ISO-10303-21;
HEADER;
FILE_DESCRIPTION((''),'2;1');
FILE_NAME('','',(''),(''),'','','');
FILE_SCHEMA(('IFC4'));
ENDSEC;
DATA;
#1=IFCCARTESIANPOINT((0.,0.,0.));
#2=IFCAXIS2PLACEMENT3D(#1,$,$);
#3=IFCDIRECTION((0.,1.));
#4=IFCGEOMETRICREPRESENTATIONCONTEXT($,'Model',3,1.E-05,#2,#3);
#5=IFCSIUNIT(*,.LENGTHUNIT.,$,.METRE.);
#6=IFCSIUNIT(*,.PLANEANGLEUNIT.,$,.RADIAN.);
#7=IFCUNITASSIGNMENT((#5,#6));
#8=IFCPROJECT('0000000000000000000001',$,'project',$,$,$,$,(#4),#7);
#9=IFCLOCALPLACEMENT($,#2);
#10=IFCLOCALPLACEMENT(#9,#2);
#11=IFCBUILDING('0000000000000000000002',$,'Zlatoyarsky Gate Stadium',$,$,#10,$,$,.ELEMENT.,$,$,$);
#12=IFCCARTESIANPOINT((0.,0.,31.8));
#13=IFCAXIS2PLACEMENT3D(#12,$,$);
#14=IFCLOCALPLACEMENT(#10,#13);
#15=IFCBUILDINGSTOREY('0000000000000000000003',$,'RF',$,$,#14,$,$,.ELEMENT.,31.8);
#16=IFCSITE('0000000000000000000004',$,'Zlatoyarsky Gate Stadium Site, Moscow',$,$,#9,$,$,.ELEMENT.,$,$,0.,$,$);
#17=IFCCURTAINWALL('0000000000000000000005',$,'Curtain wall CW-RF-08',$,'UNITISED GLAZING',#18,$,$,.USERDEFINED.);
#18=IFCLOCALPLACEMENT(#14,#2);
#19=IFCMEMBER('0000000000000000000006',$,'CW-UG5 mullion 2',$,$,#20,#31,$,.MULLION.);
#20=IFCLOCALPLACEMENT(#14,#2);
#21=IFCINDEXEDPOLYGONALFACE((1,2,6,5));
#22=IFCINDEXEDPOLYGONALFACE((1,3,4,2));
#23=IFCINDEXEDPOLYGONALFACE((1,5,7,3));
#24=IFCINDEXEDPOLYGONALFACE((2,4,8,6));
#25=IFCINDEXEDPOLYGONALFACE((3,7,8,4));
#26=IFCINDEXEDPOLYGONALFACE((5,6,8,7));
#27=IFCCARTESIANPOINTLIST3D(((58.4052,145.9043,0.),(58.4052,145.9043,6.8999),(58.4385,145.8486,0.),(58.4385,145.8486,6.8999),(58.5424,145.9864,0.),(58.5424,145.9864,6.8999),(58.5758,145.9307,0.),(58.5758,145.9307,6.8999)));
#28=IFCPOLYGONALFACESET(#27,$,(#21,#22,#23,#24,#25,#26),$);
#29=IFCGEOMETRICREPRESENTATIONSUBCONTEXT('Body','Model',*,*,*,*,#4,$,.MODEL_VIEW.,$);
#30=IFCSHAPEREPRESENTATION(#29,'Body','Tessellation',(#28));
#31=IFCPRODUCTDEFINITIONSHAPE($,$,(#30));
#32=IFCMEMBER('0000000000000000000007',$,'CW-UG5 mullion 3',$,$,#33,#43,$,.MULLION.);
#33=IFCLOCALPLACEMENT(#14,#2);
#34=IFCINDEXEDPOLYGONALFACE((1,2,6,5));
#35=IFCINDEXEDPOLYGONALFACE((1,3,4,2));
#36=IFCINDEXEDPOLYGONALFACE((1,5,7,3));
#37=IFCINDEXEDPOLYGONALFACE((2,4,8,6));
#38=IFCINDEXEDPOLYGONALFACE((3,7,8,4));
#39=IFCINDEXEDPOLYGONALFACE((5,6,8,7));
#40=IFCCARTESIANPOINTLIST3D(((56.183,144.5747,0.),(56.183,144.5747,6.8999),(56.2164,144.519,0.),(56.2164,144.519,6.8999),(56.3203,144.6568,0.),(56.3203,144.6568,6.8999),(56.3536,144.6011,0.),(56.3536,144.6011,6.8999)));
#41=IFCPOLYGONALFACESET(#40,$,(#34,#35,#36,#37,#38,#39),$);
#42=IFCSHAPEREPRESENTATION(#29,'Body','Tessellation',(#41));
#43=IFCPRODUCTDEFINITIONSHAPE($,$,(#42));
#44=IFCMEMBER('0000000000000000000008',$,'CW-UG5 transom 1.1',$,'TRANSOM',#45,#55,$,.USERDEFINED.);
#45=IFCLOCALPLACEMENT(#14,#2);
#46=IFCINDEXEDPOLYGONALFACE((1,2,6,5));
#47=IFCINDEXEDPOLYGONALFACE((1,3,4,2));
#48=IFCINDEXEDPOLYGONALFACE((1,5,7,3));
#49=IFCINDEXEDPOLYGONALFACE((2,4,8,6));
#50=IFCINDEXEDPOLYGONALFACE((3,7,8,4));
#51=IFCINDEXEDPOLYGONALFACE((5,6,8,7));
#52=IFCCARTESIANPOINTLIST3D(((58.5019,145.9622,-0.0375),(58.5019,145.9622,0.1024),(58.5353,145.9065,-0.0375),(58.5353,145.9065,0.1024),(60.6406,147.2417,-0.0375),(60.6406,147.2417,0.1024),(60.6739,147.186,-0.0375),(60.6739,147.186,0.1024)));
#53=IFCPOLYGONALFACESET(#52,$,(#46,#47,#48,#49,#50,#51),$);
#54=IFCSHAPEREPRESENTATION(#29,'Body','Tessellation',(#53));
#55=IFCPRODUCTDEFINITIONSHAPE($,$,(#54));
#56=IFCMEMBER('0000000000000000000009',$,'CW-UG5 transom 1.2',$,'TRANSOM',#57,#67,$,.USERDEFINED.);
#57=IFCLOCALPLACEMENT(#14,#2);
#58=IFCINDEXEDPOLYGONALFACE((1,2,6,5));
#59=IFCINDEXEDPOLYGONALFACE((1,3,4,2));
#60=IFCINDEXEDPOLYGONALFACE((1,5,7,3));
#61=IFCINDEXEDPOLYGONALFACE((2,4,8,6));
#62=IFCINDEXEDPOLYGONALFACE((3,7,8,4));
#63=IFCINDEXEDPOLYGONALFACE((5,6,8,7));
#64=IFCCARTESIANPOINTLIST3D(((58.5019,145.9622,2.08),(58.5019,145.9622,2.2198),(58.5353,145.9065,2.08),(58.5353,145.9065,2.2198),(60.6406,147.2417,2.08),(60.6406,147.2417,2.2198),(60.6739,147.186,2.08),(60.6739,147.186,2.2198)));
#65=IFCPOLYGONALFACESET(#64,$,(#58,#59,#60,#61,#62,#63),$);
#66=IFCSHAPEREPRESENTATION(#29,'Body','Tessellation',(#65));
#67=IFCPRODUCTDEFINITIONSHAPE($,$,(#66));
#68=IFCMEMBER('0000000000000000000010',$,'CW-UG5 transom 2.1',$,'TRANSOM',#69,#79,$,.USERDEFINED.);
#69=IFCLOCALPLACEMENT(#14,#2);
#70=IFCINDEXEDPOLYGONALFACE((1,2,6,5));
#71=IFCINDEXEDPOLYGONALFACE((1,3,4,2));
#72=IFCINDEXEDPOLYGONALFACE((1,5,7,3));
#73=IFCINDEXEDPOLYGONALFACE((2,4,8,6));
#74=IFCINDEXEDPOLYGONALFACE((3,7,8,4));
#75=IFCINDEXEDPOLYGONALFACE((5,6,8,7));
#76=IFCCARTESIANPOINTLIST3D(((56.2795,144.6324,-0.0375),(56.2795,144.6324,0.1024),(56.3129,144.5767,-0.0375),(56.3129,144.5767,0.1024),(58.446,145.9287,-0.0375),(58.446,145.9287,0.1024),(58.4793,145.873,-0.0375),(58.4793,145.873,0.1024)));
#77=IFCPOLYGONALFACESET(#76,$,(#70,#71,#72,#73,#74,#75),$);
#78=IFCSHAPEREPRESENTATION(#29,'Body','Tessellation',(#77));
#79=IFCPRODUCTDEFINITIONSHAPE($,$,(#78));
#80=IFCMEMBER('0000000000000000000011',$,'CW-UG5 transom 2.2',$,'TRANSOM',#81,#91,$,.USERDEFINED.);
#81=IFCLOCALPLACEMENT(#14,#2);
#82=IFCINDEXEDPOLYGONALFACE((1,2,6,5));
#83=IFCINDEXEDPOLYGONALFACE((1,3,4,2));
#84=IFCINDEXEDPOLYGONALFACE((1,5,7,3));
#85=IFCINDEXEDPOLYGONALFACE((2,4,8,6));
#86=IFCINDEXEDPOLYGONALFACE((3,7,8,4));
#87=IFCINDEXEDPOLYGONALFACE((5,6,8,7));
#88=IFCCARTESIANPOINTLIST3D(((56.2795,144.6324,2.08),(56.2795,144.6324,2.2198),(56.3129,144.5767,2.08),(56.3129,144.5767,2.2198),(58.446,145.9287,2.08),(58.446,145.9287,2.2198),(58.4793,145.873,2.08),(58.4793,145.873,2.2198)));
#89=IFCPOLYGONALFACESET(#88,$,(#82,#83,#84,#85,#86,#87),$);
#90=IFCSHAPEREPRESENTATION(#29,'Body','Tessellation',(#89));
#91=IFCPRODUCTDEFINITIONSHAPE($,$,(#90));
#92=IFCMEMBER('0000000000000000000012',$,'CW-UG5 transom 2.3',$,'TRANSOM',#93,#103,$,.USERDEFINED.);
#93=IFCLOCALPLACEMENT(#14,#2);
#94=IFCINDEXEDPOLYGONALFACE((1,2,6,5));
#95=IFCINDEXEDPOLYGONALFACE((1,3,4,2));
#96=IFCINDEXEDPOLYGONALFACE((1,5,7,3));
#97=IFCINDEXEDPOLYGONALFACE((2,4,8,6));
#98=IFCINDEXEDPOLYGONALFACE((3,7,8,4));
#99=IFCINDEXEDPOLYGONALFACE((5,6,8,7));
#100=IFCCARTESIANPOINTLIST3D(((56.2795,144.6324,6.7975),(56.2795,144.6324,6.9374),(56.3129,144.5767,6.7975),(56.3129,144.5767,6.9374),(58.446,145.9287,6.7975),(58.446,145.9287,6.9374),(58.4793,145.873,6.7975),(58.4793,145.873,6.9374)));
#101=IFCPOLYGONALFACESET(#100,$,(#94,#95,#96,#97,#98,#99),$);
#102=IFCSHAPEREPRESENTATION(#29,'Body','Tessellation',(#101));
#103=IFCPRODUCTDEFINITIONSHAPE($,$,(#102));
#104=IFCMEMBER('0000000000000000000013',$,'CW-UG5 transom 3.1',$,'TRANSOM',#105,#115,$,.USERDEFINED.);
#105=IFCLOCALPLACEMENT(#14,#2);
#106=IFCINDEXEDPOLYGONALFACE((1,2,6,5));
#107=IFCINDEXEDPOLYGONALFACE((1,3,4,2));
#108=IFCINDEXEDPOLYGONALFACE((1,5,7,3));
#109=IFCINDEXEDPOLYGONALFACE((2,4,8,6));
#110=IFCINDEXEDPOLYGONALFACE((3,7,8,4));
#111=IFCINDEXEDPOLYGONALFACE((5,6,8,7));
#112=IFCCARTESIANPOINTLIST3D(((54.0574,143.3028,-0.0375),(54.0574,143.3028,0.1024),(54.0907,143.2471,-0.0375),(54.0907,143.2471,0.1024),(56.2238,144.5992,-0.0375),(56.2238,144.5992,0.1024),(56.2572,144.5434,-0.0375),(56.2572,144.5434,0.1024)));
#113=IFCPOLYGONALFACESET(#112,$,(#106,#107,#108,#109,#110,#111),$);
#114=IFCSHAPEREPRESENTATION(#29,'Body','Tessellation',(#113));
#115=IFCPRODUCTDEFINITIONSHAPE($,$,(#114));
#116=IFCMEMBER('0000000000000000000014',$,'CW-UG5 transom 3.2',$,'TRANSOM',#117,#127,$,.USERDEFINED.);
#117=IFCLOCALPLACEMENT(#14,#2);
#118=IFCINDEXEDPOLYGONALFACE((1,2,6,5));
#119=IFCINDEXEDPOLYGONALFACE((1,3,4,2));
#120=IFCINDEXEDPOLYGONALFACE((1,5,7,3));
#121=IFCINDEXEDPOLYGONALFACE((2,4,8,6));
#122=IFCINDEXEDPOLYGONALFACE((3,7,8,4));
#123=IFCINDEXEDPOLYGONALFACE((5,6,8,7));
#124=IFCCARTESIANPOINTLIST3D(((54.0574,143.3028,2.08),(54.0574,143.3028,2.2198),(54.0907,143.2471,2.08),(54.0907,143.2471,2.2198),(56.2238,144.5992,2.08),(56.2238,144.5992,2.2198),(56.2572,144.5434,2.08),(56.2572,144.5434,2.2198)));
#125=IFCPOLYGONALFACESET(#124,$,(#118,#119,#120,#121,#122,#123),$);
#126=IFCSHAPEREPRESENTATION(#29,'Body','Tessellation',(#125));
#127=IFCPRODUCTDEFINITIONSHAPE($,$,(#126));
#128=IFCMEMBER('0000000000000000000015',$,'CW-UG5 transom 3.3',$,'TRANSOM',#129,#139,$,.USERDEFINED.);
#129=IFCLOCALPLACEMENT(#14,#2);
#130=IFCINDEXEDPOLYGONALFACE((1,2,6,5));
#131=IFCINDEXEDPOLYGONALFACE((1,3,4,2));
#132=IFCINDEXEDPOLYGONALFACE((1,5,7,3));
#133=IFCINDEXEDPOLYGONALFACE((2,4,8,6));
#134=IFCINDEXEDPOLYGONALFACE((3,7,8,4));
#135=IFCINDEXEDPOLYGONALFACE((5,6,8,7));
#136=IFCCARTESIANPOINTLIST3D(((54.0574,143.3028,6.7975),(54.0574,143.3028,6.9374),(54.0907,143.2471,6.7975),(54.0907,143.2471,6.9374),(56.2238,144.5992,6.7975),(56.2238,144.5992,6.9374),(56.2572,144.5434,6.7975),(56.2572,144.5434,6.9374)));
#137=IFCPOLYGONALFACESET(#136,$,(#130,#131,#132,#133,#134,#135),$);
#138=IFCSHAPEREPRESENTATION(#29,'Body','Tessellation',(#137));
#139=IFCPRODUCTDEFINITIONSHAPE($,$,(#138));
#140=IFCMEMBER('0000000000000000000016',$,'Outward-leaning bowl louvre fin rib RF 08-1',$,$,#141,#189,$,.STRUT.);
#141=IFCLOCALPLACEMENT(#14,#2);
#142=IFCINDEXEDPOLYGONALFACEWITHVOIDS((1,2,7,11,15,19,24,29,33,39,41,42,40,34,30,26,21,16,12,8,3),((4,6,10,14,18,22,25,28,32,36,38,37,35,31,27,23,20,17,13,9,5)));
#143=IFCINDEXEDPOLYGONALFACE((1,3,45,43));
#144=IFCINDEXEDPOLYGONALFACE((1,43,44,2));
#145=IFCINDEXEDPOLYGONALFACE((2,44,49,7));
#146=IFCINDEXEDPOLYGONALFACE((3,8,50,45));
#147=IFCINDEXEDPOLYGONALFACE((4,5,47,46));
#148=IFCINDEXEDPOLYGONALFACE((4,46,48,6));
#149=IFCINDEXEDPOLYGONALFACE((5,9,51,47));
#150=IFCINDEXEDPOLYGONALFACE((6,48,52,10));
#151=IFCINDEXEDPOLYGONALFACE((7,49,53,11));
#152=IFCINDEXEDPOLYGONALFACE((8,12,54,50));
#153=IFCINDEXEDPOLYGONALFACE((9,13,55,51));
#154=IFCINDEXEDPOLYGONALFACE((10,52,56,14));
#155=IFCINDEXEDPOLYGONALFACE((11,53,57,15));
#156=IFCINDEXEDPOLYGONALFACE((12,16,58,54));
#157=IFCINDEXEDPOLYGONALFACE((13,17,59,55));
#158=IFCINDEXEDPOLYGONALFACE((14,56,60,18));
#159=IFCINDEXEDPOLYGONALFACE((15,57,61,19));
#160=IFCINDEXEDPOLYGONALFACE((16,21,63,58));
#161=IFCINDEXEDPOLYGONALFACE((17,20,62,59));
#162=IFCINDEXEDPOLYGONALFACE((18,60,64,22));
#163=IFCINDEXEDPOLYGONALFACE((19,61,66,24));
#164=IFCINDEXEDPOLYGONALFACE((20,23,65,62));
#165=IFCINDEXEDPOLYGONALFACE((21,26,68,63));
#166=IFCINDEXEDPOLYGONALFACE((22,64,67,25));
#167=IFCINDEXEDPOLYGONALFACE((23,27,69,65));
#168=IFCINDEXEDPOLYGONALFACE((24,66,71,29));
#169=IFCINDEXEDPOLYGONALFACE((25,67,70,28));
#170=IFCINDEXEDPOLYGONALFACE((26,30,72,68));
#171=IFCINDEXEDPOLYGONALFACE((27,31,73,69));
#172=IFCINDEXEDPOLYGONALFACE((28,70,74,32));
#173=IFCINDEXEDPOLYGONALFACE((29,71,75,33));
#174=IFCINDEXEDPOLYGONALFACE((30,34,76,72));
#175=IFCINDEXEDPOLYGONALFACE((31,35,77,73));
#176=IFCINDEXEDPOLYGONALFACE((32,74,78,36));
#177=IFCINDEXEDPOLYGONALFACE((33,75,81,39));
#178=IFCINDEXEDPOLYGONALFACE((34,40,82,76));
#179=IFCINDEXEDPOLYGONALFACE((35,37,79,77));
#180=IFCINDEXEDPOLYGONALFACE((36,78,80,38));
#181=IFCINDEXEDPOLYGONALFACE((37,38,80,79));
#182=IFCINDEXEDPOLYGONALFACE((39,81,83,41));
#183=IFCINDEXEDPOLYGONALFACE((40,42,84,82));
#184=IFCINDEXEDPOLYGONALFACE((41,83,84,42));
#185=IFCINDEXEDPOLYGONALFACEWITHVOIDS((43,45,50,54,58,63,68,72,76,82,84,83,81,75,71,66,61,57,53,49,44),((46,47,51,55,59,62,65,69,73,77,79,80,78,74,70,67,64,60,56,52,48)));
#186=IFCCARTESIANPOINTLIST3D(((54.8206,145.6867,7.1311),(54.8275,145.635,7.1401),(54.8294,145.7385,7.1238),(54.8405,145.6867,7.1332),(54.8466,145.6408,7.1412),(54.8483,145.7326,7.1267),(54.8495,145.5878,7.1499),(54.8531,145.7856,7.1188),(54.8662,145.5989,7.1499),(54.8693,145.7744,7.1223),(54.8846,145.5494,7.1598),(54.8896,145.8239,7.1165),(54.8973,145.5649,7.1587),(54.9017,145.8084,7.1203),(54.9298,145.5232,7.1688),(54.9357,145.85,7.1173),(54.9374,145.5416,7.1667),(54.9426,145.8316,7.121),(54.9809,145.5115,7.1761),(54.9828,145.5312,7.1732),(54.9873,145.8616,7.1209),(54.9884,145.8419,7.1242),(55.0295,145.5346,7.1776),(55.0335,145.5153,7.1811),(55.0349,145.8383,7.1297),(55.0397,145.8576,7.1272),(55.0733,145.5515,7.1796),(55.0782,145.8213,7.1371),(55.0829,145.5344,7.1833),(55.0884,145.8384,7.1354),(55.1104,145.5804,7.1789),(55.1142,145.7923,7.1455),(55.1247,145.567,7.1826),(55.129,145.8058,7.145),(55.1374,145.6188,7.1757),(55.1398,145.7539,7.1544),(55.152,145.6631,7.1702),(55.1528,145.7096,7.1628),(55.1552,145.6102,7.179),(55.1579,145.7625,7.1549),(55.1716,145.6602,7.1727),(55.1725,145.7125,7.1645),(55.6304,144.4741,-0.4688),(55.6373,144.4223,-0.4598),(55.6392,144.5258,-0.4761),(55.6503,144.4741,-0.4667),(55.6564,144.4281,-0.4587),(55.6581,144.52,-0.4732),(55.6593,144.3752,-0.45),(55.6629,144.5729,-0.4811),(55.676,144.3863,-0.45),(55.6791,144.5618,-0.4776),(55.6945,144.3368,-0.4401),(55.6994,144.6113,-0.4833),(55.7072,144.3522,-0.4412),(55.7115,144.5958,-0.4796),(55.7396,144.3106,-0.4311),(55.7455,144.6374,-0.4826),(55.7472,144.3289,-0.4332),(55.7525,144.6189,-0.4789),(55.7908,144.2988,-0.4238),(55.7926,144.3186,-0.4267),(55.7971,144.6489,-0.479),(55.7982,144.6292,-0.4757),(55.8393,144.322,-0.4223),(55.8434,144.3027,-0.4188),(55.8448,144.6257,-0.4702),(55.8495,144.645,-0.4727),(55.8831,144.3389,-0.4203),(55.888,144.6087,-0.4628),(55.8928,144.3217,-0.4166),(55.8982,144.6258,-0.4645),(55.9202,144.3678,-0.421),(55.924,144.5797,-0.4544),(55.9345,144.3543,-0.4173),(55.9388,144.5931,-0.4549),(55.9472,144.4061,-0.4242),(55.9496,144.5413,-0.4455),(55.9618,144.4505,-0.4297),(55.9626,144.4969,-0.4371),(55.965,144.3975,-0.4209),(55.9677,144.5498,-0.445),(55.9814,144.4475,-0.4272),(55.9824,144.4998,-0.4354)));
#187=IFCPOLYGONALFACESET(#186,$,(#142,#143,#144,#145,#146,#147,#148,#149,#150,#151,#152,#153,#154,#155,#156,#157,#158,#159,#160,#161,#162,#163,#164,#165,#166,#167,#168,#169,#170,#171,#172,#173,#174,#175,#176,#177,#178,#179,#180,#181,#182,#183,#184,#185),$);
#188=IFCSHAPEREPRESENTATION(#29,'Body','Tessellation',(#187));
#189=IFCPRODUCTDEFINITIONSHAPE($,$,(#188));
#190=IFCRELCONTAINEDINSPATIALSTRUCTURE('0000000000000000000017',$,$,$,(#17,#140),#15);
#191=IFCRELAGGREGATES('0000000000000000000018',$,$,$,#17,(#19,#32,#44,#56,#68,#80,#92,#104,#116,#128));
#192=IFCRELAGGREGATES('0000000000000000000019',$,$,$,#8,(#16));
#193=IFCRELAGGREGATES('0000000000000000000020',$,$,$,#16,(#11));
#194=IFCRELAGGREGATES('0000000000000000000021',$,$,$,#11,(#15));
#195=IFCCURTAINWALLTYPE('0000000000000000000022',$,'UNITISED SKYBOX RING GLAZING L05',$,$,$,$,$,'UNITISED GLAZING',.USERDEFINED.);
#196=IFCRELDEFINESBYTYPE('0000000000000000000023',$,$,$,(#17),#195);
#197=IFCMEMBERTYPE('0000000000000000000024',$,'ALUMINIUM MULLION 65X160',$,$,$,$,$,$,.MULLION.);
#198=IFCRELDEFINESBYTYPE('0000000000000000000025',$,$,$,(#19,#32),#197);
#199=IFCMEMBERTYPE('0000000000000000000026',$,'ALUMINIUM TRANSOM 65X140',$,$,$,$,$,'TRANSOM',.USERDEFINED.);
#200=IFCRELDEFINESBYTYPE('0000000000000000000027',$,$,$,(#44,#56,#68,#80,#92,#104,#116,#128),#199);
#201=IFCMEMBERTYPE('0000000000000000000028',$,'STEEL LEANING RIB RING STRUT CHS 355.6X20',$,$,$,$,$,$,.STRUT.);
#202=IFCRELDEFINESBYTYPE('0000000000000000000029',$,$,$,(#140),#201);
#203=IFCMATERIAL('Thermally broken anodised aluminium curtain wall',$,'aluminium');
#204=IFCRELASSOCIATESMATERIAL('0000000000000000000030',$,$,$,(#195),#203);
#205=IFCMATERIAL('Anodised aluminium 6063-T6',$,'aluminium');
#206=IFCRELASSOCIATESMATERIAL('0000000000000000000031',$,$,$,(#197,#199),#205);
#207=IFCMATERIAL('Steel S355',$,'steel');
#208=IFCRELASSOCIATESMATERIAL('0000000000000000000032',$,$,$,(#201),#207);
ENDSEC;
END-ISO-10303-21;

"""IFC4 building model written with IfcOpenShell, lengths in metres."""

from ifc_helpers import new_model, si_unit, direction, frame, origin, origin_2d, place, context, subcontext, project, spatial, rectangle, hollow_circle, extrude, material, material_profile, profile_set, type_object, element, aggregate, save


model = new_model("IFC4")

# Units and contexts
model_context = context("Model", 3, precision=1e-05, world=origin(), true_north=direction((0.0, 1.0)))
body_context = subcontext(model_context, "Body", "Model", "MODEL_VIEW")
ifc_project = project(units=[si_unit("LENGTHUNIT", "METRE"), si_unit("PLANEANGLEUNIT", "RADIAN")], contexts=[model_context])

# Site, building, storey
site_placement = place(None, origin())
site = spatial("IfcSite", under=ifc_project, at=site_placement, Name="Zlatoyarsky Gate Stadium Site, Moscow", CompositionType="ELEMENT", RefElevation=0.0)
building_placement = place(site_placement, origin())
building = spatial("IfcBuilding", under=site, at=building_placement, Name="Zlatoyarsky Gate Stadium", CompositionType="ELEMENT")
storey_placement = place(building_placement, frame((0.0, 0.0, 31.8)))
storey = spatial("IfcBuildingStorey", under=building, at=storey_placement, Name="RF", CompositionType="ELEMENT", Elevation=31.8)

# Curtain wall, members
ifc_material_1 = material(Name="Thermally broken anodised aluminium curtain wall", Category="aluminium")
curtain_wall_type = type_object("IfcCurtainWallType", Name="UNITISED SKYBOX RING GLAZING L05", ElementType="UNITISED GLAZING", PredefinedType="USERDEFINED", material=ifc_material_1)
curtain_wall_placement = place(storey_placement, origin())
curtain_wall = element("IfcCurtainWall", 1, at=curtain_wall_placement, inside=storey, type_object=curtain_wall_type, Name="Curtain wall CW-RF-08", ObjectType="UNITISED GLAZING", PredefinedType="USERDEFINED")
ifc_material_2 = material(Name="Anodised aluminium 6063-T6", Category="aluminium")
ifc_material_profile_1 = material_profile(ifc_material_2, rectangle(XDim=0.0649, YDim=0.1599, at=origin_2d()), Name="ALU 65X160")
ifc_profile_set_1 = profile_set([ifc_material_profile_1], Name="Anodised aluminium 6063-T6")
member_type_1 = type_object("IfcMemberType", Name="ALUMINIUM MULLION 65X160", PredefinedType="MULLION", material=ifc_profile_set_1)
member_1_placement = place(storey_placement, frame((58.4905, 145.9175, 0.0), z_axis=(0.0, 0.0, 1.0), x_axis=(0.513436, -0.858128, 0.0)))
member_1 = element("IfcMember", 2, at=member_1_placement, type_object=member_type_1, Name="CW-UG5 mullion 2", PredefinedType="MULLION", context=body_context, shape_type="SweptSolid", body=[
    extrude(rectangle(XDim=0.0649, YDim=0.1599, at=origin_2d()), origin(), (0.0, 0.0, 1.0), 6.8999),
])
member_2_placement = place(storey_placement, frame((56.2683, 144.5879, 0.0), z_axis=(0.0, 0.0, 1.0), x_axis=(0.513436, -0.858128, 0.0)))
member_2 = element("IfcMember", 3, at=member_2_placement, type_object=member_type_1, Name="CW-UG5 mullion 3", PredefinedType="MULLION", context=body_context, shape_type="SweptSolid", body=[
    extrude(rectangle(XDim=0.0649, YDim=0.1599, at=origin_2d()), origin(), (0.0, 0.0, 1.0), 6.8999),
])
ifc_material_profile_2 = material_profile(ifc_material_2, rectangle(XDim=0.0649, YDim=0.1399, at=origin_2d()), Name="ALU 65X140")
ifc_profile_set_2 = profile_set([ifc_material_profile_2], Name="Anodised aluminium 6063-T6")
member_type_2 = type_object("IfcMemberType", Name="ALUMINIUM TRANSOM 65X140", ElementType="TRANSOM", PredefinedType="USERDEFINED", material=ifc_profile_set_2)
member_3_placement = place(storey_placement, frame((60.6572, 147.2139, 0.0325), z_axis=(-0.858141, -0.513415, 0.0), x_axis=(0.513415, -0.858141, 0.0)))
member_3 = element("IfcMember", 4, at=member_3_placement, type_object=member_type_2, Name="CW-UG5 transom 1.1", ObjectType="TRANSOM", PredefinedType="USERDEFINED", context=body_context, shape_type="SweptSolid", body=[
    extrude(rectangle(XDim=0.0649, YDim=0.1399, at=origin_2d()), origin(), (0.0, 0.0, 1.0), 2.4922),
])
member_4_placement = place(storey_placement, frame((60.6572, 147.2139, 2.1499), z_axis=(-0.858141, -0.513415, 0.0), x_axis=(0.513415, -0.858141, 0.0)))
member_4 = element("IfcMember", 5, at=member_4_placement, type_object=member_type_2, Name="CW-UG5 transom 1.2", ObjectType="TRANSOM", PredefinedType="USERDEFINED", context=body_context, shape_type="SweptSolid", body=[
    extrude(rectangle(XDim=0.0649, YDim=0.1399, at=origin_2d()), origin(), (0.0, 0.0, 1.0), 2.4922),
])
member_5_placement = place(storey_placement, frame((58.4626, 145.9009, 0.0325), z_axis=(-0.858107, -0.513472, 0.0), x_axis=(0.513472, -0.858107, 0.0)))
member_5 = element("IfcMember", 6, at=member_5_placement, type_object=member_type_2, Name="CW-UG5 transom 2.1", ObjectType="TRANSOM", PredefinedType="USERDEFINED", context=body_context, shape_type="SweptSolid", body=[
    extrude(rectangle(XDim=0.0649, YDim=0.1399, at=origin_2d()), origin(), (0.0, 0.0, 1.0), 2.5247),
])
member_6_placement = place(storey_placement, frame((58.4626, 145.9009, 2.1499), z_axis=(-0.858107, -0.513472, 0.0), x_axis=(0.513472, -0.858107, 0.0)))
member_6 = element("IfcMember", 7, at=member_6_placement, type_object=member_type_2, Name="CW-UG5 transom 2.2", ObjectType="TRANSOM", PredefinedType="USERDEFINED", context=body_context, shape_type="SweptSolid", body=[
    extrude(rectangle(XDim=0.0649, YDim=0.1399, at=origin_2d()), origin(), (0.0, 0.0, 1.0), 2.5247),
])
member_7_placement = place(storey_placement, frame((58.4626, 145.9009, 6.8674), z_axis=(-0.858107, -0.513472, 0.0), x_axis=(0.513472, -0.858107, 0.0)))
member_7 = element("IfcMember", 8, at=member_7_placement, type_object=member_type_2, Name="CW-UG5 transom 2.3", ObjectType="TRANSOM", PredefinedType="USERDEFINED", context=body_context, shape_type="SweptSolid", body=[
    extrude(rectangle(XDim=0.0649, YDim=0.1399, at=origin_2d()), origin(), (0.0, 0.0, 1.0), 2.5247),
])
member_8_placement = place(storey_placement, frame((56.2405, 144.5713, 0.0325), z_axis=(-0.858107, -0.513472, 0.0), x_axis=(0.513472, -0.858107, 0.0)))
member_8 = element("IfcMember", 9, at=member_8_placement, type_object=member_type_2, Name="CW-UG5 transom 3.1", ObjectType="TRANSOM", PredefinedType="USERDEFINED", context=body_context, shape_type="SweptSolid", body=[
    extrude(rectangle(XDim=0.0649, YDim=0.1399, at=origin_2d()), origin(), (0.0, 0.0, 1.0), 2.5247),
])
member_9_placement = place(storey_placement, frame((56.2405, 144.5713, 2.1499), z_axis=(-0.858107, -0.513472, 0.0), x_axis=(0.513472, -0.858107, 0.0)))
member_9 = element("IfcMember", 10, at=member_9_placement, type_object=member_type_2, Name="CW-UG5 transom 3.2", ObjectType="TRANSOM", PredefinedType="USERDEFINED", context=body_context, shape_type="SweptSolid", body=[
    extrude(rectangle(XDim=0.0649, YDim=0.1399, at=origin_2d()), origin(), (0.0, 0.0, 1.0), 2.5247),
])
member_10_placement = place(storey_placement, frame((56.2405, 144.5713, 6.8674), z_axis=(-0.858107, -0.513472, 0.0), x_axis=(0.513472, -0.858107, 0.0)))
member_10 = element("IfcMember", 11, at=member_10_placement, type_object=member_type_2, Name="CW-UG5 transom 3.3", ObjectType="TRANSOM", PredefinedType="USERDEFINED", context=body_context, shape_type="SweptSolid", body=[
    extrude(rectangle(XDim=0.0649, YDim=0.1399, at=origin_2d()), origin(), (0.0, 0.0, 1.0), 2.5247),
])

# Member
ifc_material_3 = material(Name="Steel S355", Category="steel")
ifc_material_profile_3 = material_profile(ifc_material_3, hollow_circle(Radius=0.1777, WallThickness=0.02, at=origin_2d()), Name="CHS 355.6X20")
ifc_profile_set_3 = profile_set([ifc_material_profile_3], Name="Steel S355")
member_type_3 = type_object("IfcMemberType", Name="STEEL LEANING RIB RING STRUT CHS 355.6X20", PredefinedType="STRUT", material=ifc_profile_set_3)
member_11_placement = place(storey_placement, frame((55.8071, 144.4739, -0.45), z_axis=(-0.104648, 0.156703, 0.982086), x_axis=(-0.831612, -0.555357, 0.0)))
element("IfcMember", 12, at=member_11_placement, inside=storey, type_object=member_type_3, Name="Outward-leaning bowl louvre fin rib RF 08-1", PredefinedType="STRUT", context=body_context, shape_type="SweptSolid", body=[
    extrude(hollow_circle(Radius=0.1777, WallThickness=0.02, at=origin_2d()), origin(), (0.0, 0.0, 1.0), 7.7385),
])

aggregate(curtain_wall, [member_1, member_2, member_3, member_4, member_5, member_6, member_7, member_8, member_9, member_10])

save(model, "model.ifc")
